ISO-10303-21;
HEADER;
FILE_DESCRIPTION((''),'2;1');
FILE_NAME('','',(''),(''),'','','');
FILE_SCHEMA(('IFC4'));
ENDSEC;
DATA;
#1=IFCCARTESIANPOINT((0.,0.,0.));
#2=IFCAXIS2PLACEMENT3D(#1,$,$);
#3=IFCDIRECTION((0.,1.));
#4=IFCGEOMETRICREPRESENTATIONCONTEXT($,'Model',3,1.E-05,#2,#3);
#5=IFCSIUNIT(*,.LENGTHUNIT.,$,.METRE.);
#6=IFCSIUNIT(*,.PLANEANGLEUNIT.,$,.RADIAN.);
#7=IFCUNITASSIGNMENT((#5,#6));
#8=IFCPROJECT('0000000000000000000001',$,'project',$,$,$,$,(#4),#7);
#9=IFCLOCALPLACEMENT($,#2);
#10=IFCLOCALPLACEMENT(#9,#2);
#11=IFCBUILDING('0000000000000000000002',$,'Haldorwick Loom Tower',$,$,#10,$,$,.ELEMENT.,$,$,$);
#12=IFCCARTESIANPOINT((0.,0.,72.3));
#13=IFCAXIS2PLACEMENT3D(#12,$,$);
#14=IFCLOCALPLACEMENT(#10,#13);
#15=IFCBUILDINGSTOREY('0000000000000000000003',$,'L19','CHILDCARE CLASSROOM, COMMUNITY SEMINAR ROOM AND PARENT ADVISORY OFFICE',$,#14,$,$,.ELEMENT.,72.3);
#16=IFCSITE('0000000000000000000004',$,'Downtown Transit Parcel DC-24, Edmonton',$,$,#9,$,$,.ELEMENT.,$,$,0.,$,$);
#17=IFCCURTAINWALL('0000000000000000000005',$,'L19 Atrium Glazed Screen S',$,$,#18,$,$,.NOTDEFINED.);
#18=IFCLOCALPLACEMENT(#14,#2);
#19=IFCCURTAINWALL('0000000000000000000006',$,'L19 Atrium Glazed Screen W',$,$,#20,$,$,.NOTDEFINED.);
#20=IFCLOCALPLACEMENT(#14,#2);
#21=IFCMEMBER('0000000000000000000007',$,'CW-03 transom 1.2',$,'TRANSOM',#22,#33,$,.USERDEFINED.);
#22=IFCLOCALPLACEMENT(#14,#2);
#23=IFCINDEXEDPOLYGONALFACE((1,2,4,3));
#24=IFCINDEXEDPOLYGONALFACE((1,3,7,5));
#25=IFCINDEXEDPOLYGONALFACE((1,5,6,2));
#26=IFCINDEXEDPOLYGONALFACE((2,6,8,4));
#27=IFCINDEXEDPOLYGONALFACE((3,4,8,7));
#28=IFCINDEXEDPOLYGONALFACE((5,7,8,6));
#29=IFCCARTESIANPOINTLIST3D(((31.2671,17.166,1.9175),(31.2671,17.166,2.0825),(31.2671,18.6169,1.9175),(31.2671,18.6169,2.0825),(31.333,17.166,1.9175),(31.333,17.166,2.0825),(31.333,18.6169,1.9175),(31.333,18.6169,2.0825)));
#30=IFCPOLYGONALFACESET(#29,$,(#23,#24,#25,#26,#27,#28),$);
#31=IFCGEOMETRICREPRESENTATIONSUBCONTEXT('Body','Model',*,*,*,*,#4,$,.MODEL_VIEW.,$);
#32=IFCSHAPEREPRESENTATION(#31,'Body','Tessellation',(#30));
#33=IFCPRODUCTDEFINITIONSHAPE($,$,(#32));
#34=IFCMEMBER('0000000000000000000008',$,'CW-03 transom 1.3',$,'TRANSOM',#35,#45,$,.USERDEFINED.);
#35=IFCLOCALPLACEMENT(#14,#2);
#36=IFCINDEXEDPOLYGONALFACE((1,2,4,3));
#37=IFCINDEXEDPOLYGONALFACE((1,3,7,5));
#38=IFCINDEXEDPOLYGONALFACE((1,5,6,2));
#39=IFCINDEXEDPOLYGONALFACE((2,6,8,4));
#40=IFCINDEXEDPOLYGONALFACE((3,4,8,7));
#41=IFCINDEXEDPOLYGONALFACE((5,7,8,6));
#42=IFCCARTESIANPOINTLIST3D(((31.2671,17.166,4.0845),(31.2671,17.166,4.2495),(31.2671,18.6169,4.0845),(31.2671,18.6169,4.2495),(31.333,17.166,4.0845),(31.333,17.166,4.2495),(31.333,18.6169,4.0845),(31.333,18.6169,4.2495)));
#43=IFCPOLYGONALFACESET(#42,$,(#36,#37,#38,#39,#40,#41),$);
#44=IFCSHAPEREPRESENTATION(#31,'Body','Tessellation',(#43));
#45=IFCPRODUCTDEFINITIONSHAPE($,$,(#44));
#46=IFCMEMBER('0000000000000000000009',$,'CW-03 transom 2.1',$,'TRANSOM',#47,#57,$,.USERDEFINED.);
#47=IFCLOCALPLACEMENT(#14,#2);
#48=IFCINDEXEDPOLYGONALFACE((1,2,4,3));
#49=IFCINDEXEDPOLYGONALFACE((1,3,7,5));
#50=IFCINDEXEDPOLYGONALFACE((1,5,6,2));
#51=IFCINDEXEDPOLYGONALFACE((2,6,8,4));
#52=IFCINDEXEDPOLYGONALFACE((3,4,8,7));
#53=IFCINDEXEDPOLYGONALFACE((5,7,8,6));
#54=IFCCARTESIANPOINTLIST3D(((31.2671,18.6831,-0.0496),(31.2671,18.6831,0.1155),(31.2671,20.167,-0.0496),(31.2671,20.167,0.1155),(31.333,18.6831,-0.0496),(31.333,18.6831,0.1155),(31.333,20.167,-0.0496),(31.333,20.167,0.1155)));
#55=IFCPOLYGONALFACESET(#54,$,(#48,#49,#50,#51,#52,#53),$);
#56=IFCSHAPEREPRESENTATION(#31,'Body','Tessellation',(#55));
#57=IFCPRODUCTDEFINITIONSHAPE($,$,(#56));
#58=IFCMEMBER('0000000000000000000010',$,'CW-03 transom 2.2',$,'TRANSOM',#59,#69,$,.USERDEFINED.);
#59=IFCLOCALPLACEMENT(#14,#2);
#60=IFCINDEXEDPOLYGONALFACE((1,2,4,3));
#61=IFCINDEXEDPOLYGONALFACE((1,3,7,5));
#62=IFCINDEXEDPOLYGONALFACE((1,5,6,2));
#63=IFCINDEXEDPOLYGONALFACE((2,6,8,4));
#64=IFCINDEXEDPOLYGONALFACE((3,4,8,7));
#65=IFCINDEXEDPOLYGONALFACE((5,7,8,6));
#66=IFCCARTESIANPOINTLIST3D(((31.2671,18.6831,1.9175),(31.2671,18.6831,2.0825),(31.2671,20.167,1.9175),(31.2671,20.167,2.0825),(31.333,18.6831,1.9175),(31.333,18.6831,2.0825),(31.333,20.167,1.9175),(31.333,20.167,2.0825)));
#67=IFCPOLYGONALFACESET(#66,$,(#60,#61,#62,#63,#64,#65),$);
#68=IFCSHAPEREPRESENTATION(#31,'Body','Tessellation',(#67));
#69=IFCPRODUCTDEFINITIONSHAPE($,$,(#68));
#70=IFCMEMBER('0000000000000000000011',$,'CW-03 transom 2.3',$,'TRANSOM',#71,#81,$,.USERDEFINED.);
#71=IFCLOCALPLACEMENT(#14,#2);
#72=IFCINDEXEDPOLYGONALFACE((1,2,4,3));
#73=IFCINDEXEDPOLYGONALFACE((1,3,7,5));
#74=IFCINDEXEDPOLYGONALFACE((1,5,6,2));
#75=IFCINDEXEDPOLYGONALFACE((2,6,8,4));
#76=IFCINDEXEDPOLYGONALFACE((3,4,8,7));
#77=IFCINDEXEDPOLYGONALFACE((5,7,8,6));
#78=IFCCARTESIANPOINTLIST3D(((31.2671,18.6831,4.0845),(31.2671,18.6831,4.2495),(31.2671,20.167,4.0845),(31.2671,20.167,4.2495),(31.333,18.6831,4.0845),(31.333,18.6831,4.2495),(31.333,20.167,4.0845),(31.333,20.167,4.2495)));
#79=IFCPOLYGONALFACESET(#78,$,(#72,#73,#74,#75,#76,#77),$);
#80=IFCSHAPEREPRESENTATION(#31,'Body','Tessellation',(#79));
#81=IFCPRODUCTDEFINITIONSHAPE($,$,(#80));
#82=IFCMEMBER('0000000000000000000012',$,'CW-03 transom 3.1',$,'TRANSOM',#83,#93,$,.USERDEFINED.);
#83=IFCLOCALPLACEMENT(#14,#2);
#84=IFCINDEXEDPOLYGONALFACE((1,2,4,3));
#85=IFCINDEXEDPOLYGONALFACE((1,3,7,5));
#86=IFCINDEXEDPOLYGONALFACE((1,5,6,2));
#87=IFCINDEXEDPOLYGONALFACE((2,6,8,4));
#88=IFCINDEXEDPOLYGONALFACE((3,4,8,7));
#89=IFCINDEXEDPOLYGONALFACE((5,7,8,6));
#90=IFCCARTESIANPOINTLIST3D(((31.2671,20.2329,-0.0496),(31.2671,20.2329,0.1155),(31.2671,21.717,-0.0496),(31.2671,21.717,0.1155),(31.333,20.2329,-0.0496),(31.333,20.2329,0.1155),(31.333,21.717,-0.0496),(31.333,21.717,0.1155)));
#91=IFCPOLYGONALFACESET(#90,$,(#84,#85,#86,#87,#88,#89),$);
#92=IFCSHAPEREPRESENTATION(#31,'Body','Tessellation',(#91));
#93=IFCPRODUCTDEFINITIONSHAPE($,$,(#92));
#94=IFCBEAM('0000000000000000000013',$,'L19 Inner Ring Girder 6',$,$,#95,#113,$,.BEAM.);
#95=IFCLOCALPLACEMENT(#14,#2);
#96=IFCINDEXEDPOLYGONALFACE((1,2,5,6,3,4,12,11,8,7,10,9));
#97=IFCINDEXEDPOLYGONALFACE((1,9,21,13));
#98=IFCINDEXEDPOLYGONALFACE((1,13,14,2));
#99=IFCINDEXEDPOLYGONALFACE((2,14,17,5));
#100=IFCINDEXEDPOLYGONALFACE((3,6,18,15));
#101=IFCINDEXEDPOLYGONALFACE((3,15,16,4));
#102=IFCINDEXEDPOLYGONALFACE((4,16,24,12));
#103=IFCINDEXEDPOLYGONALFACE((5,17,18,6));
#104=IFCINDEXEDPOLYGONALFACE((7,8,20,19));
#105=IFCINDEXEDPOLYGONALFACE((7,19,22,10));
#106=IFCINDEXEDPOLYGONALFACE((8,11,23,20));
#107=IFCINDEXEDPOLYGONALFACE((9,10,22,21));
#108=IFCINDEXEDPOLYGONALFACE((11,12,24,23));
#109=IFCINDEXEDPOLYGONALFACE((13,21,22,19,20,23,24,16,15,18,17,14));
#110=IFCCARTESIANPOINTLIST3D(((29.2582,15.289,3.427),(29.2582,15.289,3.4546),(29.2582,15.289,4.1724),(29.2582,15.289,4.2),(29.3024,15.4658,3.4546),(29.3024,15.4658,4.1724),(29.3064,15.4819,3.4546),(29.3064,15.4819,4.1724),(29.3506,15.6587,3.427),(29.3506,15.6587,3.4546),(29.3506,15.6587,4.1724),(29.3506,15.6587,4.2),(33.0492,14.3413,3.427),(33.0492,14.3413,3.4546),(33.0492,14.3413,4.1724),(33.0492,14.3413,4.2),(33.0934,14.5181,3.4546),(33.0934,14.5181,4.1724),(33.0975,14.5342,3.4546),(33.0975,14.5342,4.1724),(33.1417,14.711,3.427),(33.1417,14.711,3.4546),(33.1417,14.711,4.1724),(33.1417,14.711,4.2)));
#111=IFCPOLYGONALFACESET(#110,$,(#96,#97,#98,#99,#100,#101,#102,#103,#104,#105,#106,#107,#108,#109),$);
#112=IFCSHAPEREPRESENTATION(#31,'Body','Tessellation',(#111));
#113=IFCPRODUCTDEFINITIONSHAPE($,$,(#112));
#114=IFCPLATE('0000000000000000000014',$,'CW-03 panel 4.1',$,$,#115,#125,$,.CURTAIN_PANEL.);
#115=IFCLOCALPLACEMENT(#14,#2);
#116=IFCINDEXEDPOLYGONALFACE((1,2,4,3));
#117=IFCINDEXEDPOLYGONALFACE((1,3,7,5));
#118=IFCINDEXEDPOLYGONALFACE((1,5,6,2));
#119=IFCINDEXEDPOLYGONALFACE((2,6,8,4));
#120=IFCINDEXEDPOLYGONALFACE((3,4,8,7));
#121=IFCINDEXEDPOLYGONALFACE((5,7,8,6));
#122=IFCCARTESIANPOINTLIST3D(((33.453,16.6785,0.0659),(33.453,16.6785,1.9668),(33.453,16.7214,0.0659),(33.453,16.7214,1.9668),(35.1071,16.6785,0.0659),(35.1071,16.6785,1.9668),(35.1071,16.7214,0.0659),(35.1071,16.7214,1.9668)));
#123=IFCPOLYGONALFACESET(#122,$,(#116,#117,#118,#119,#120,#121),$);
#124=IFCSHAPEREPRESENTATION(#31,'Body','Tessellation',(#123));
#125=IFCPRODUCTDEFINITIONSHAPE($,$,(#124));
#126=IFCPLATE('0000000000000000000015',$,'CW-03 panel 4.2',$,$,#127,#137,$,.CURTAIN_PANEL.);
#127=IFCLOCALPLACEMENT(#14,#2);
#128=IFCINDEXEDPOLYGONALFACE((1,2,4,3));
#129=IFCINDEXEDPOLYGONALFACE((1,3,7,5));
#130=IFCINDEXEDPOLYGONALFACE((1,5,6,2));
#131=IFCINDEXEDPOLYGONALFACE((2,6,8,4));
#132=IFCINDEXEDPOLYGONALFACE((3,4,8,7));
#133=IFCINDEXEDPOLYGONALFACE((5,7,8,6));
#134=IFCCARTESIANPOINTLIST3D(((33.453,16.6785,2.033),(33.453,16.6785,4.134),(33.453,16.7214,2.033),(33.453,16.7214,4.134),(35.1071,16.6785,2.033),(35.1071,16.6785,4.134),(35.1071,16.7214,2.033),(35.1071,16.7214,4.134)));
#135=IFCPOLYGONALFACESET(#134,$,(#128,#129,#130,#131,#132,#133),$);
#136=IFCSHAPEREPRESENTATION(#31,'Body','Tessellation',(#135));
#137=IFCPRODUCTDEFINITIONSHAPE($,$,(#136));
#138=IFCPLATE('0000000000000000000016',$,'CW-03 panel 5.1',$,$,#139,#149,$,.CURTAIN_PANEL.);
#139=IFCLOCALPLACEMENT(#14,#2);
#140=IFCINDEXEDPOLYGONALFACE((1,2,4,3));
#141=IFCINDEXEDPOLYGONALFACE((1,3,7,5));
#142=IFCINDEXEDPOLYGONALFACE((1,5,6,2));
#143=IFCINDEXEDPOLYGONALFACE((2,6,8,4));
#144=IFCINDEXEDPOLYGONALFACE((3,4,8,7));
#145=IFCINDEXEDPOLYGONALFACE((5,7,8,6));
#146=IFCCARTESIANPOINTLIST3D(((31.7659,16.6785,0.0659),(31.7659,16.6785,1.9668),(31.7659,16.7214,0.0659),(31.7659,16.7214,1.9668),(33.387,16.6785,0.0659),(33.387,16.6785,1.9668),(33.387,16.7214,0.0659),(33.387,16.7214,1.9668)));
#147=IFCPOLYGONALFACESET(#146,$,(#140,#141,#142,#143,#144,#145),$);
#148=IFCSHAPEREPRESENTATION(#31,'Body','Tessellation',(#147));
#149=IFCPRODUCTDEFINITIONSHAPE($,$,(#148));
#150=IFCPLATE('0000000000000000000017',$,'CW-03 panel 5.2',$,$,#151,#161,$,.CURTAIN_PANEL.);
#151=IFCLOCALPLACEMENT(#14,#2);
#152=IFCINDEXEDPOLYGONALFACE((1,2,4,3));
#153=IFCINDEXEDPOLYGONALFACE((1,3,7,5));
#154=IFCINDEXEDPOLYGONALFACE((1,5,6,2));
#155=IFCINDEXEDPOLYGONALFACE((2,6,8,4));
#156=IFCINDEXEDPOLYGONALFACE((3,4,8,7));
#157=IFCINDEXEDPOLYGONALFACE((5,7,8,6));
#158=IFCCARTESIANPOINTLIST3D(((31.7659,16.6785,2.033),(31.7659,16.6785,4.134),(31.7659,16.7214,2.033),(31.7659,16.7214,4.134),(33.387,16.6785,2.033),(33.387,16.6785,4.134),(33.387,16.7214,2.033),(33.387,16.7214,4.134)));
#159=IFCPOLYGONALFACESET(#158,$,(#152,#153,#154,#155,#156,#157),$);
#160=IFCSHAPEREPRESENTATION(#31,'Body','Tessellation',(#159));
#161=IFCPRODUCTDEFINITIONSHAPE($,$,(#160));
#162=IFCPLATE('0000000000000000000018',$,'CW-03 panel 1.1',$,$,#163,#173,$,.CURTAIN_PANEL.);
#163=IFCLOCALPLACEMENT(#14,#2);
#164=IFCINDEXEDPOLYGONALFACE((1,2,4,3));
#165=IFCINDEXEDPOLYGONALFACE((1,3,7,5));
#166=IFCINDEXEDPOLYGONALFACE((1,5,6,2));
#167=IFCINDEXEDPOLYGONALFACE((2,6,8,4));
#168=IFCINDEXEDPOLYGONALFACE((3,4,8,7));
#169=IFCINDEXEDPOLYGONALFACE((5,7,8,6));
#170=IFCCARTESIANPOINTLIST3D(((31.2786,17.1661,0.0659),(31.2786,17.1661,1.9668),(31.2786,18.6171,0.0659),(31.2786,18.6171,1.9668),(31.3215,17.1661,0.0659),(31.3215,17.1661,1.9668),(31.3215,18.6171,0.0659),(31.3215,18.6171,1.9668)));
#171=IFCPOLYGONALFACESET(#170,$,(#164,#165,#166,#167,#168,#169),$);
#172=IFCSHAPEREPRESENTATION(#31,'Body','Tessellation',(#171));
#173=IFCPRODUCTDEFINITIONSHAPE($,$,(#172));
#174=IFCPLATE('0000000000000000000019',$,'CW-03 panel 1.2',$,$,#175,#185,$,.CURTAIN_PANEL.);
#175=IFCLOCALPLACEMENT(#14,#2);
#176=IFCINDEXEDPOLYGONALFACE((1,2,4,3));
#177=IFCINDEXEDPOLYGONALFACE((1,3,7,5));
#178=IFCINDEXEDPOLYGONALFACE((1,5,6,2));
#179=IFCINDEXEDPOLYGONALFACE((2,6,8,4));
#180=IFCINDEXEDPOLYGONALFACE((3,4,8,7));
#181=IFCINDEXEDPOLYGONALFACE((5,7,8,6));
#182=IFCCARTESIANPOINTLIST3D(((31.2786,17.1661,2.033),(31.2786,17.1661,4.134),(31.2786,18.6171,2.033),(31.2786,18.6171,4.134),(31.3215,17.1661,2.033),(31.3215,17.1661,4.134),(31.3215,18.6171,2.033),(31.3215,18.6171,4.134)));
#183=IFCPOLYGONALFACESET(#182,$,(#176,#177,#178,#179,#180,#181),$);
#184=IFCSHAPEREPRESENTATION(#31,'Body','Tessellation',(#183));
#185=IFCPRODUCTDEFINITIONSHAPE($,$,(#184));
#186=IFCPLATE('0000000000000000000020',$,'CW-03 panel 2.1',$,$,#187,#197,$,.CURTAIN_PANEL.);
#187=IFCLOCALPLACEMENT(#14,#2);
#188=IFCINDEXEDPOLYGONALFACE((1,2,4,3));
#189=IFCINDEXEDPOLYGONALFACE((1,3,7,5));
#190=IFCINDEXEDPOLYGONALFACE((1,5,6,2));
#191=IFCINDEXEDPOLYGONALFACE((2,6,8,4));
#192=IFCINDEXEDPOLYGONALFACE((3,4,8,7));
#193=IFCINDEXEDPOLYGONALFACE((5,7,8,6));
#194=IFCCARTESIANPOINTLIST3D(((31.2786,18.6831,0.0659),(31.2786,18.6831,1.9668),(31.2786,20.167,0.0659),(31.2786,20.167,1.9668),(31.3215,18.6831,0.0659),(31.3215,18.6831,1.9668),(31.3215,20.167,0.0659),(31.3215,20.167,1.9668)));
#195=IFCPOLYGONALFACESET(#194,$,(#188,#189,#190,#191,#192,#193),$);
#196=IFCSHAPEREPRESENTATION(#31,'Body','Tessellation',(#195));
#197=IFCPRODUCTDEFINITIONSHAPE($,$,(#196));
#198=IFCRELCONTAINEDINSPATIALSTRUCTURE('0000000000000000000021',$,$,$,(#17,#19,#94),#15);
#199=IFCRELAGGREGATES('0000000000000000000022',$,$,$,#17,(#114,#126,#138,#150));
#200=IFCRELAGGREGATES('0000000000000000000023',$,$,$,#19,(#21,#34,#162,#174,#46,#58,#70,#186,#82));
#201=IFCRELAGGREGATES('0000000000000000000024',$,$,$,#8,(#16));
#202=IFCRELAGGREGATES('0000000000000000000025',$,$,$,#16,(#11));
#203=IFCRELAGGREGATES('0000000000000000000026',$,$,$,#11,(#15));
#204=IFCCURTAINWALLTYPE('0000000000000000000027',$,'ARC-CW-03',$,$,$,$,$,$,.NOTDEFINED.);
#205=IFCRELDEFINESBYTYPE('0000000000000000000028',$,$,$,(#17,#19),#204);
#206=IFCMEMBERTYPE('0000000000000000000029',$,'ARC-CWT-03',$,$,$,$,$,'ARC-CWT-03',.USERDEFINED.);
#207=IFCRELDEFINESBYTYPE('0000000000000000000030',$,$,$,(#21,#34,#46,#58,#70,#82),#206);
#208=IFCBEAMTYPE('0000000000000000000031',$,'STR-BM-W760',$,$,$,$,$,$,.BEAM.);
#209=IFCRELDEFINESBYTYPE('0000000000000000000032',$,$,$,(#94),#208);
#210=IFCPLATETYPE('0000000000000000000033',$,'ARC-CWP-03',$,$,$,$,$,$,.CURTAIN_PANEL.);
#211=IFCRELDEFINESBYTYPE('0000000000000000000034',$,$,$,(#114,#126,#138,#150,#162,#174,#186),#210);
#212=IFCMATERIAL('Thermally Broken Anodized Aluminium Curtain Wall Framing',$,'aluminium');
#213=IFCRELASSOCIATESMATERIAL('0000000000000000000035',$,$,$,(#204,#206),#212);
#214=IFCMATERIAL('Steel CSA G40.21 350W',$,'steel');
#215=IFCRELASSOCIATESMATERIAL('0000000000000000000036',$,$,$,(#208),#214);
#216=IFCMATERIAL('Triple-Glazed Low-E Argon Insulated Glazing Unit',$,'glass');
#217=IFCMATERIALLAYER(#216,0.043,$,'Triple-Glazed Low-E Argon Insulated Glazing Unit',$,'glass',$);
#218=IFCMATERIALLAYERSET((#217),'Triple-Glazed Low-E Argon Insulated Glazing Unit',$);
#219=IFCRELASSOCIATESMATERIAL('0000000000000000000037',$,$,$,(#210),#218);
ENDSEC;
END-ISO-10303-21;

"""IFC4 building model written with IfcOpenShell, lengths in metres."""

from ifc_helpers import new_model, si_unit, direction, frame, origin, origin_2d, place, context, subcontext, project, spatial, rectangle, i_section, extrude, material, layer, layer_set, material_profile, profile_set, type_object, element, aggregate, save


model = new_model("IFC4")

# Units and contexts
model_context = context("Model", 3, precision=1e-05, world=origin(), true_north=direction((0.0, 1.0)))
body_context = subcontext(model_context, "Body", "Model", "MODEL_VIEW")
ifc_project = project(units=[si_unit("LENGTHUNIT", "METRE"), si_unit("PLANEANGLEUNIT", "RADIAN")], contexts=[model_context])

# Site, building, storey
site_placement = place(None, origin())
site = spatial("IfcSite", under=ifc_project, at=site_placement, Name="Downtown Transit Parcel DC-24, Edmonton", CompositionType="ELEMENT", RefElevation=0.0)
building_placement = place(site_placement, origin())
building = spatial("IfcBuilding", under=site, at=building_placement, Name="Haldorwick Loom Tower", CompositionType="ELEMENT")
storey_placement = place(building_placement, frame((0.0, 0.0, 72.3)))
storey = spatial("IfcBuildingStorey", under=building, at=storey_placement, Name="L19", Description="CHILDCARE CLASSROOM, COMMUNITY SEMINAR ROOM AND PARENT ADVISORY OFFICE", CompositionType="ELEMENT", Elevation=72.3)

# Curtain walls
ifc_material_1 = material(Name="Thermally Broken Anodized Aluminium Curtain Wall Framing", Category="aluminium")
curtain_wall_type = type_object("IfcCurtainWallType", Name="ARC-CW-03", PredefinedType="NOTDEFINED", material=ifc_material_1)
curtain_wall_1_placement = place(storey_placement, origin())
curtain_wall_1 = element("IfcCurtainWall", 1, at=curtain_wall_1_placement, inside=storey, type_object=curtain_wall_type, Name="L19 Atrium Glazed Screen S", PredefinedType="NOTDEFINED")
curtain_wall_2_placement = place(storey_placement, origin())
curtain_wall_2 = element("IfcCurtainWall", 2, at=curtain_wall_2_placement, inside=storey, type_object=curtain_wall_type, Name="L19 Atrium Glazed Screen W", PredefinedType="NOTDEFINED")

# Members
ifc_material_profile_1 = material_profile(ifc_material_1, rectangle(XDim=0.0659, YDim=0.165, at=origin_2d()), Name="ALU_TRN_66X165", Category="aluminium")
ifc_profile_set_1 = profile_set([ifc_material_profile_1], Name="Thermally Broken Anodized Aluminium Curtain Wall Framing")
member_type_1 = type_object("IfcMemberType", Name="ARC-CWT-03", ElementType="ARC-CWT-03", PredefinedType="USERDEFINED", material=ifc_profile_set_1)
member_1_placement = place(storey_placement, frame((31.3, 17.166, 2.0), z_axis=(0.0, 1.0, 0.0), x_axis=(-1.0, 0.0, 0.0)))
member_1 = element("IfcMember", 3, at=member_1_placement, type_object=member_type_1, Name="CW-03 transom 1.2", ObjectType="TRANSOM", PredefinedType="USERDEFINED", context=body_context, shape_type="SweptSolid", body=[
    extrude(rectangle(XDim=0.0659, YDim=0.165, at=origin_2d()), origin(), (0.0, 0.0, 1.0), 1.4509),
])
member_2_placement = place(storey_placement, frame((31.3, 17.166, 4.167), z_axis=(0.0, 1.0, 0.0), x_axis=(-1.0, 0.0, 0.0)))
member_2 = element("IfcMember", 4, at=member_2_placement, type_object=member_type_1, Name="CW-03 transom 1.3", ObjectType="TRANSOM", PredefinedType="USERDEFINED", context=body_context, shape_type="SweptSolid", body=[
    extrude(rectangle(XDim=0.0659, YDim=0.165, at=origin_2d()), origin(), (0.0, 0.0, 1.0), 1.4509),
])
member_3_placement = place(storey_placement, frame((31.3, 18.6831, 0.033), z_axis=(0.0, 1.0, 0.0), x_axis=(-1.0, 0.0, 0.0)))
member_3 = element("IfcMember", 5, at=member_3_placement, type_object=member_type_1, Name="CW-03 transom 2.1", ObjectType="TRANSOM", PredefinedType="USERDEFINED", context=body_context, shape_type="SweptSolid", body=[
    extrude(rectangle(XDim=0.0659, YDim=0.165, at=origin_2d()), origin(), (0.0, 0.0, 1.0), 1.4839),
])
member_4_placement = place(storey_placement, frame((31.3, 18.6831, 2.0), z_axis=(0.0, 1.0, 0.0), x_axis=(-1.0, 0.0, 0.0)))
member_4 = element("IfcMember", 6, at=member_4_placement, type_object=member_type_1, Name="CW-03 transom 2.2", ObjectType="TRANSOM", PredefinedType="USERDEFINED", context=body_context, shape_type="SweptSolid", body=[
    extrude(rectangle(XDim=0.0659, YDim=0.165, at=origin_2d()), origin(), (0.0, 0.0, 1.0), 1.4839),
])
member_5_placement = place(storey_placement, frame((31.3, 18.6831, 4.167), z_axis=(0.0, 1.0, 0.0), x_axis=(-1.0, 0.0, 0.0)))
member_5 = element("IfcMember", 7, at=member_5_placement, type_object=member_type_1, Name="CW-03 transom 2.3", ObjectType="TRANSOM", PredefinedType="USERDEFINED", context=body_context, shape_type="SweptSolid", body=[
    extrude(rectangle(XDim=0.0659, YDim=0.165, at=origin_2d()), origin(), (0.0, 0.0, 1.0), 1.4839),
])
member_6_placement = place(storey_placement, frame((31.3, 20.2329, 0.033), z_axis=(0.0, 1.0, 0.0), x_axis=(-1.0, 0.0, 0.0)))
member_6 = element("IfcMember", 8, at=member_6_placement, type_object=member_type_1, Name="CW-03 transom 3.1", ObjectType="TRANSOM", PredefinedType="USERDEFINED", context=body_context, shape_type="SweptSolid", body=[
    extrude(rectangle(XDim=0.0659, YDim=0.165, at=origin_2d()), origin(), (0.0, 0.0, 1.0), 1.4841),
])

# Beam
ifc_material_2 = material(Name="Steel CSA G40.21 350W", Category="steel")
ifc_material_profile_2 = material_profile(ifc_material_2, i_section(OverallWidth=0.3811, OverallDepth=0.7729, WebThickness=0.0166, FlangeThickness=0.0276, at=origin_2d()), Name="W760X257", Category="steel")
ifc_profile_set_2 = profile_set([ifc_material_profile_2], Name="Steel CSA G40.21 350W")
beam_type = type_object("IfcBeamType", Name="STR-BM-W760", PredefinedType="BEAM", material=ifc_profile_set_2)
beam_placement = place(storey_placement, frame((33.0955, 14.5261, 3.8135), z_axis=(-0.970143, 0.242536, 0.0), x_axis=(-0.242536, -0.970143, 0.0)))
element("IfcBeam", 9, at=beam_placement, inside=storey, type_object=beam_type, Name="L19 Inner Ring Girder 6", PredefinedType="BEAM", context=body_context, shape_type="SweptSolid", body=[
    extrude(i_section(OverallWidth=0.3811, OverallDepth=0.7729, WebThickness=0.0166, FlangeThickness=0.0276, at=origin_2d()), origin(), (0.0, 0.0, 1.0), 3.9077),
])

# Plates
ifc_material_3 = material(Name="Triple-Glazed Low-E Argon Insulated Glazing Unit", Category="glass")
ifc_layer_1 = layer(ifc_material_3, 0.043, Name="Triple-Glazed Low-E Argon Insulated Glazing Unit", Category="glass")
ifc_layer_set_1 = layer_set([ifc_layer_1], Name="Triple-Glazed Low-E Argon Insulated Glazing Unit")
plate_type = type_object("IfcPlateType", Name="ARC-CWP-03", PredefinedType="CURTAIN_PANEL", material=ifc_layer_set_1)
plate_1_placement = place(storey_placement, frame((34.28, 16.7, 0.0659), z_axis=(0.0, 0.0, 1.0), x_axis=(-1.0, 0.0, 0.0)))
plate_1 = element("IfcPlate", 10, at=plate_1_placement, type_object=plate_type, Name="CW-03 panel 4.1", PredefinedType="CURTAIN_PANEL", context=body_context, shape_type="SweptSolid", body=[
    extrude(rectangle(XDim=1.6541, YDim=0.043, at=origin_2d()), origin(), (0.0, 0.0, 1.0), 1.9009),
])
plate_2_placement = place(storey_placement, frame((34.28, 16.7, 2.033), z_axis=(0.0, 0.0, 1.0), x_axis=(-1.0, 0.0, 0.0)))
plate_2 = element("IfcPlate", 11, at=plate_2_placement, type_object=plate_type, Name="CW-03 panel 4.2", PredefinedType="CURTAIN_PANEL", context=body_context, shape_type="SweptSolid", body=[
    extrude(rectangle(XDim=1.6541, YDim=0.043, at=origin_2d()), origin(), (0.0, 0.0, 1.0), 2.1011),
])
plate_3_placement = place(storey_placement, frame((32.5764, 16.7, 0.0659), z_axis=(0.0, 0.0, 1.0), x_axis=(-1.0, 0.0, 0.0)))
plate_3 = element("IfcPlate", 12, at=plate_3_placement, type_object=plate_type, Name="CW-03 panel 5.1", PredefinedType="CURTAIN_PANEL", context=body_context, shape_type="SweptSolid", body=[
    extrude(rectangle(XDim=1.6211, YDim=0.043, at=origin_2d()), origin(), (0.0, 0.0, 1.0), 1.9009),
])
plate_4_placement = place(storey_placement, frame((32.5764, 16.7, 2.033), z_axis=(0.0, 0.0, 1.0), x_axis=(-1.0, 0.0, 0.0)))
plate_4 = element("IfcPlate", 13, at=plate_4_placement, type_object=plate_type, Name="CW-03 panel 5.2", PredefinedType="CURTAIN_PANEL", context=body_context, shape_type="SweptSolid", body=[
    extrude(rectangle(XDim=1.6211, YDim=0.043, at=origin_2d()), origin(), (0.0, 0.0, 1.0), 2.1011),
])
aggregate(curtain_wall_1, [plate_1, plate_2, plate_3, plate_4])
plate_5_placement = place(storey_placement, frame((31.3, 17.8916, 0.0659), z_axis=(0.0, 0.0, 1.0), x_axis=(0.0, 1.0, 0.0)))
plate_5 = element("IfcPlate", 14, at=plate_5_placement, type_object=plate_type, Name="CW-03 panel 1.1", PredefinedType="CURTAIN_PANEL", context=body_context, shape_type="SweptSolid", body=[
    extrude(rectangle(XDim=1.4509, YDim=0.043, at=origin_2d()), origin(), (0.0, 0.0, 1.0), 1.9009),
])
plate_6_placement = place(storey_placement, frame((31.3, 17.8916, 2.033), z_axis=(0.0, 0.0, 1.0), x_axis=(0.0, 1.0, 0.0)))
plate_6 = element("IfcPlate", 15, at=plate_6_placement, type_object=plate_type, Name="CW-03 panel 1.2", PredefinedType="CURTAIN_PANEL", context=body_context, shape_type="SweptSolid", body=[
    extrude(rectangle(XDim=1.4509, YDim=0.043, at=origin_2d()), origin(), (0.0, 0.0, 1.0), 2.1011),
])
plate_7_placement = place(storey_placement, frame((31.3, 19.425, 0.0659), z_axis=(0.0, 0.0, 1.0), x_axis=(0.0, 1.0, 0.0)))
plate_7 = element("IfcPlate", 16, at=plate_7_placement, type_object=plate_type, Name="CW-03 panel 2.1", PredefinedType="CURTAIN_PANEL", context=body_context, shape_type="SweptSolid", body=[
    extrude(rectangle(XDim=1.4839, YDim=0.043, at=origin_2d()), origin(), (0.0, 0.0, 1.0), 1.9009),
])
aggregate(curtain_wall_2, [member_1, member_2, plate_5, plate_6, member_3, member_4, member_5, plate_7, member_6])

save(model, "model.ifc")
